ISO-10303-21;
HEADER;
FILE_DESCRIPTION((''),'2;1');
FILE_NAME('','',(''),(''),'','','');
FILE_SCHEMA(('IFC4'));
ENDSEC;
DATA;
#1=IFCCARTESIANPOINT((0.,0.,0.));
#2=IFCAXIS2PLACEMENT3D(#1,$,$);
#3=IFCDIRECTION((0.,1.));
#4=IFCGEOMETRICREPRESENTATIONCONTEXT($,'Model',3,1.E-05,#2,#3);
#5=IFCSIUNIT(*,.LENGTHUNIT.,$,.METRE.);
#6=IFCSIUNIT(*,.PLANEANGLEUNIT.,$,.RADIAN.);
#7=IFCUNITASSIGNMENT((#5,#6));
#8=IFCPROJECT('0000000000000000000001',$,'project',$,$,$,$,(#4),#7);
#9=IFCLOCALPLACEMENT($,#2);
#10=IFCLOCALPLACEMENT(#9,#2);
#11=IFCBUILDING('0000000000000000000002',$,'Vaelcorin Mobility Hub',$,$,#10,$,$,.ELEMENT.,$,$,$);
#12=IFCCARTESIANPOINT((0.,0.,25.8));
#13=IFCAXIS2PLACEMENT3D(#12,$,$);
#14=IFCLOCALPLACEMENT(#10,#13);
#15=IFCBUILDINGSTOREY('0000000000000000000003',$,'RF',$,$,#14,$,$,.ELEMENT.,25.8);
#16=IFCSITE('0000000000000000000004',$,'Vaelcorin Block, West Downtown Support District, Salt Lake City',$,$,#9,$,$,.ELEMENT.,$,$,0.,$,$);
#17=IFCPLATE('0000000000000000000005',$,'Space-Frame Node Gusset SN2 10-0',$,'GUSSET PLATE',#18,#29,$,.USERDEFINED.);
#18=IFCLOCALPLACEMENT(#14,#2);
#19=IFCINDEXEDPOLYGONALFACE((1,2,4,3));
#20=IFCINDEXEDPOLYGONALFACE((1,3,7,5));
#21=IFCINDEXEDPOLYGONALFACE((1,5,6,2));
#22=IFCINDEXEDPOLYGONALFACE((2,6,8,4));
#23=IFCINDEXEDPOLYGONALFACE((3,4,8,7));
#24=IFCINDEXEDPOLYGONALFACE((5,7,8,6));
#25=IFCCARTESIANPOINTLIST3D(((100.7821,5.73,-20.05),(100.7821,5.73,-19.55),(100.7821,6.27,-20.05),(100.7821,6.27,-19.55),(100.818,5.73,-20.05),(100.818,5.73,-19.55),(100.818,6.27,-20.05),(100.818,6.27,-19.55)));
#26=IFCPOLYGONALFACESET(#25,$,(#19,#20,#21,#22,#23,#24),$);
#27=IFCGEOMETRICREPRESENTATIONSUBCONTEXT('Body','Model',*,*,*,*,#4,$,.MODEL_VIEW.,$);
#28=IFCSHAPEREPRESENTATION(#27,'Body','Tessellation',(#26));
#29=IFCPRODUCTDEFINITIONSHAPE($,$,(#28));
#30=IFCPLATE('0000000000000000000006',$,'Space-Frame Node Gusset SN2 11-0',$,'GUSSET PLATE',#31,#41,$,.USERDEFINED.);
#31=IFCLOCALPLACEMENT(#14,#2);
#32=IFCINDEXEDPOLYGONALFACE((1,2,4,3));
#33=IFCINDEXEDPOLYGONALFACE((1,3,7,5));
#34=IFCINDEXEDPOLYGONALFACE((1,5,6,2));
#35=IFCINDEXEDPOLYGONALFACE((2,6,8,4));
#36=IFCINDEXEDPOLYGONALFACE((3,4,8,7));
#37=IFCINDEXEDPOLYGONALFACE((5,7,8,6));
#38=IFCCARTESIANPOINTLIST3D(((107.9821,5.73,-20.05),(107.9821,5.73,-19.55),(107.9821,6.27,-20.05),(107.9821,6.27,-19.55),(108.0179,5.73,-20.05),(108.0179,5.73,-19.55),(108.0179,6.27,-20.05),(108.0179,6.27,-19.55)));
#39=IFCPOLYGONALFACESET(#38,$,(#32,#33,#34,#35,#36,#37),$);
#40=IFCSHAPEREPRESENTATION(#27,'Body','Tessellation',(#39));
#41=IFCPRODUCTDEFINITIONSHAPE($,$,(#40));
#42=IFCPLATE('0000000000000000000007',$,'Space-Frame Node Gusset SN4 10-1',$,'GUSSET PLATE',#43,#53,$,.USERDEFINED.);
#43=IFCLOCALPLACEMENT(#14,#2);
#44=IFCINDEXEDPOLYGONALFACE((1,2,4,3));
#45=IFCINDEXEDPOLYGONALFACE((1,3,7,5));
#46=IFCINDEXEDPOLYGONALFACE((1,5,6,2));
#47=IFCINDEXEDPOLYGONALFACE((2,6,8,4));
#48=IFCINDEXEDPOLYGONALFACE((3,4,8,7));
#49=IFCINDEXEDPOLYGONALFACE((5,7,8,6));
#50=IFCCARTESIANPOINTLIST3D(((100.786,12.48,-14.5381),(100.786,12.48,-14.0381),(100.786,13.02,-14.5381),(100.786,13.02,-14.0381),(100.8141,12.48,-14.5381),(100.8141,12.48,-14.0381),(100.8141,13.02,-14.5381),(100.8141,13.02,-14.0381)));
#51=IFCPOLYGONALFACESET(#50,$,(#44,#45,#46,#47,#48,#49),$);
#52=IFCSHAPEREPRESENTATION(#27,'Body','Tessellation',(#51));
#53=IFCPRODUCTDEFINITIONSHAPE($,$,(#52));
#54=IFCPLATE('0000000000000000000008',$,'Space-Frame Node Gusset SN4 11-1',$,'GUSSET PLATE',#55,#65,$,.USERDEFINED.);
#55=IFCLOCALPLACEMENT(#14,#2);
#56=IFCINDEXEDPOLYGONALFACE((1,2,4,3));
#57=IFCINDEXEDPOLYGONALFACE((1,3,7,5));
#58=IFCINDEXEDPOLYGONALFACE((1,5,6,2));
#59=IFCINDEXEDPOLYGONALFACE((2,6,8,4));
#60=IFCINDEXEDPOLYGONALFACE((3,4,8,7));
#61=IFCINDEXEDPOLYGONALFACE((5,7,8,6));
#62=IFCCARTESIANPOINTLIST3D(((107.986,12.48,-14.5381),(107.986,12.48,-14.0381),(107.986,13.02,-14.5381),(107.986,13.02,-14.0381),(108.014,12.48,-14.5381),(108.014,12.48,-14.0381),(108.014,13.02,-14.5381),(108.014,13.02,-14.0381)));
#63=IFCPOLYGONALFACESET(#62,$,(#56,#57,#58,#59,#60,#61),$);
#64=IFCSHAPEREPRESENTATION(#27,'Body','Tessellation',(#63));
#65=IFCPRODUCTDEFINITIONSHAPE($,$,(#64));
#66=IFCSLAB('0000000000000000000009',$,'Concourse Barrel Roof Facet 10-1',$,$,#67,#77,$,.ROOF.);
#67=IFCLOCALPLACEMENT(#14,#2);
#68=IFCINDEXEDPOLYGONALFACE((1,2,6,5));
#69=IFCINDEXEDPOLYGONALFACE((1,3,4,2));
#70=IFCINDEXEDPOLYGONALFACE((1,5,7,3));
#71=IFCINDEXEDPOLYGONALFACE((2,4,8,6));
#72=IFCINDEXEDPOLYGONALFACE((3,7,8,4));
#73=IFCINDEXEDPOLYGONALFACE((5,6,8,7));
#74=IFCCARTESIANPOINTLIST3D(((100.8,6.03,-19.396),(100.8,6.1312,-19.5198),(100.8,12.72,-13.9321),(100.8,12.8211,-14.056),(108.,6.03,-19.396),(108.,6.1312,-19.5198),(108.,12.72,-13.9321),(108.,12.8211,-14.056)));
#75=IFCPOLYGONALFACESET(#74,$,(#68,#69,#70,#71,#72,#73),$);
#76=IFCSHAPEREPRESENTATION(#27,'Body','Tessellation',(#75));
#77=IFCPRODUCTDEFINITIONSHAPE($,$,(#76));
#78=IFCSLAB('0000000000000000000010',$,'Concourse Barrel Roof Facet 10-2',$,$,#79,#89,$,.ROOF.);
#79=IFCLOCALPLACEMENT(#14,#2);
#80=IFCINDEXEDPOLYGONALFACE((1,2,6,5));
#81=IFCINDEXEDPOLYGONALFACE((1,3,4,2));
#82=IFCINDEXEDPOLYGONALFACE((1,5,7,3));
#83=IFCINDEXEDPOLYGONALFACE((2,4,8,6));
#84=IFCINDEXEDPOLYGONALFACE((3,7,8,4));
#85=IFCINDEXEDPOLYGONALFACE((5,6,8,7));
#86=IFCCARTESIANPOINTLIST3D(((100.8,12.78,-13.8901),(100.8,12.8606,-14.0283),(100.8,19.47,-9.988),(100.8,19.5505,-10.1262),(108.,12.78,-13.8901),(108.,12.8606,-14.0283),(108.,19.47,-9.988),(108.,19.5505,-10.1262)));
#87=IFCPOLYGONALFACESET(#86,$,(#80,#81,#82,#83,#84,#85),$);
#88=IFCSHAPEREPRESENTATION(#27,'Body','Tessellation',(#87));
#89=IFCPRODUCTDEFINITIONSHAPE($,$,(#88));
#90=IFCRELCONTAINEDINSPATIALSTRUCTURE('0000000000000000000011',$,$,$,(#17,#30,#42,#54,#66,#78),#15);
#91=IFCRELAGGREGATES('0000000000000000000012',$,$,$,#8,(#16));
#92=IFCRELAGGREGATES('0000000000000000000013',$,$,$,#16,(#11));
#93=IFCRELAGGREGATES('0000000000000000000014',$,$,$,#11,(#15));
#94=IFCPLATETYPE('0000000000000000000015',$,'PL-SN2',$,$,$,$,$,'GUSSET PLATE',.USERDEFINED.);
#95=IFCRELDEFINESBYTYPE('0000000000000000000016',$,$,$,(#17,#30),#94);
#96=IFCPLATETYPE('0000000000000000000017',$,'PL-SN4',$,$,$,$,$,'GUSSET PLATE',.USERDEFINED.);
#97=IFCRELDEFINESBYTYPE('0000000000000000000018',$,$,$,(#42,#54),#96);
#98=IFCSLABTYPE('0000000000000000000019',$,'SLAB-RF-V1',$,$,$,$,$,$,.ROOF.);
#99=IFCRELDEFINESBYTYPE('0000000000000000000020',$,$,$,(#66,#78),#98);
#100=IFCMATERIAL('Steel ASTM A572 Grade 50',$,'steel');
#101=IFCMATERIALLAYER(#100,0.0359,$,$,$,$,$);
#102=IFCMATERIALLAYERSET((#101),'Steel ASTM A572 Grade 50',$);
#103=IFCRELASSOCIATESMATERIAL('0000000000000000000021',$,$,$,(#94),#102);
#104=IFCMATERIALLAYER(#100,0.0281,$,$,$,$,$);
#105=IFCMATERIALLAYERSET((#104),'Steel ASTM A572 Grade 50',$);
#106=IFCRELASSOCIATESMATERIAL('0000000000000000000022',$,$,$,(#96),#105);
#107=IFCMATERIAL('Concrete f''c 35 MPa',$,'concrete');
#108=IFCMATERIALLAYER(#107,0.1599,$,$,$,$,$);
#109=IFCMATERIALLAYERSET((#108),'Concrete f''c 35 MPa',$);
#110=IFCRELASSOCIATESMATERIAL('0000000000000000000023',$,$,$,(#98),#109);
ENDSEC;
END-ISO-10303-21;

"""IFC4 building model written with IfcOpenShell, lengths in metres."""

from ifc_helpers import new_model, si_unit, direction, frame, origin, origin_2d, place, context, subcontext, project, spatial, polyline, rectangle, outline, extrude, material, layer, layer_set, type_object, element, save


model = new_model("IFC4")

# Units and contexts
model_context = context("Model", 3, precision=1e-05, world=origin(), true_north=direction((0.0, 1.0)))
body_context = subcontext(model_context, "Body", "Model", "MODEL_VIEW")
ifc_project = project(units=[si_unit("LENGTHUNIT", "METRE"), si_unit("PLANEANGLEUNIT", "RADIAN")], contexts=[model_context])

# Site, building, storey
site_placement = place(None, origin())
site = spatial("IfcSite", under=ifc_project, at=site_placement, Name="Vaelcorin Block, West Downtown Support District, Salt Lake City", CompositionType="ELEMENT", RefElevation=0.0)
building_placement = place(site_placement, origin())
building = spatial("IfcBuilding", under=site, at=building_placement, Name="Vaelcorin Mobility Hub", CompositionType="ELEMENT")
storey_placement = place(building_placement, frame((0.0, 0.0, 25.8)))
storey = spatial("IfcBuildingStorey", under=building, at=storey_placement, Name="RF", CompositionType="ELEMENT", Elevation=25.8)

# Plates
ifc_material_1 = material(Name="Steel ASTM A572 Grade 50", Category="steel")
ifc_layer_1 = layer(ifc_material_1, 0.0359)
ifc_layer_set_1 = layer_set([ifc_layer_1], Name="Steel ASTM A572 Grade 50")
plate_type_1 = type_object("IfcPlateType", Name="PL-SN2", ElementType="GUSSET PLATE", PredefinedType="USERDEFINED", material=ifc_layer_set_1)
for number, where, z_axis, x_axis, name in (
    (1, (100.8, 6.0, -20.05), (0.0, 0.0, 1.0), (1.0, 0.0, 0.0), "Space-Frame Node Gusset SN2 10-0"),
    (2, (108.0, 6.0, -20.05), (0.0, 0.0, 1.0), (1.0, 0.0, 0.0), "Space-Frame Node Gusset SN2 11-0"),
):
    element("IfcPlate", number, at=place(storey_placement, frame(where, z_axis=z_axis, x_axis=x_axis)), inside=storey, type_object=plate_type_1, Name=name, ObjectType="GUSSET PLATE", PredefinedType="USERDEFINED", context=body_context, shape_type="SweptSolid", body=[
        extrude(rectangle(XDim=0.0359, YDim=0.54, at=origin_2d()), origin(), (0.0, 0.0, 1.0), 0.5),
    ])
ifc_layer_2 = layer(ifc_material_1, 0.0281)
ifc_layer_set_2 = layer_set([ifc_layer_2], Name="Steel ASTM A572 Grade 50")
plate_type_2 = type_object("IfcPlateType", Name="PL-SN4", ElementType="GUSSET PLATE", PredefinedType="USERDEFINED", material=ifc_layer_set_2)
for number, where, z_axis, x_axis, name in (
    (3, (100.8, 12.75, -14.5381), (0.0, 0.0, 1.0), (1.0, 0.0, 0.0), "Space-Frame Node Gusset SN4 10-1"),
    (4, (108.0, 12.75, -14.5381), (0.0, 0.0, 1.0), (1.0, 0.0, 0.0), "Space-Frame Node Gusset SN4 11-1"),
):
    element("IfcPlate", number, at=place(storey_placement, frame(where, z_axis=z_axis, x_axis=x_axis)), inside=storey, type_object=plate_type_2, Name=name, ObjectType="GUSSET PLATE", PredefinedType="USERDEFINED", context=body_context, shape_type="SweptSolid", body=[
        extrude(rectangle(XDim=0.0281, YDim=0.54, at=origin_2d()), origin(), (0.0, 0.0, 1.0), 0.5),
    ])

# Slabs
ifc_material_2 = material(Name="Concrete f'c 35 MPa", Category="concrete")
ifc_layer_3 = layer(ifc_material_2, 0.1599)
ifc_layer_set_3 = layer_set([ifc_layer_3], Name="Concrete f'c 35 MPa")
slab_type = type_object("IfcSlabType", Name="SLAB-RF-V1", PredefinedType="ROOF", material=ifc_layer_set_3)
slab_1_placement = place(storey_placement, frame((100.8, 6.03, -19.396), z_axis=(0.0, -0.632563, 0.774509), x_axis=(1.0, 0.0, 0.0)))
element("IfcSlab", 5, at=slab_1_placement, inside=storey, type_object=slab_type, Name="Concourse Barrel Roof Facet 10-1", PredefinedType="ROOF", context=body_context, shape_type="SweptSolid", body=[
    extrude(outline(polyline([(0.0, 0.0), (7.2, 0.0), (7.2, 8.6377), (0.0, 8.6377), (0.0, 0.0)])), origin(), (0.0, 0.0, -1.0), 0.1599),
])
slab_2_placement = place(storey_placement, frame((100.8, 12.78, -13.8901), z_axis=(0.0, -0.503836, 0.863799), x_axis=(1.0, 0.0, 0.0)))
element("IfcSlab", 6, at=slab_2_placement, inside=storey, type_object=slab_type, Name="Concourse Barrel Roof Facet 10-2", PredefinedType="ROOF", context=body_context, shape_type="SweptSolid", body=[
    extrude(outline(polyline([(0.0, 0.0), (7.2, 0.0), (7.2, 7.7448), (0.0, 7.7448), (0.0, 0.0)])), origin(), (0.0, 0.0, -1.0), 0.1599),
])

save(model, "model.ifc")
